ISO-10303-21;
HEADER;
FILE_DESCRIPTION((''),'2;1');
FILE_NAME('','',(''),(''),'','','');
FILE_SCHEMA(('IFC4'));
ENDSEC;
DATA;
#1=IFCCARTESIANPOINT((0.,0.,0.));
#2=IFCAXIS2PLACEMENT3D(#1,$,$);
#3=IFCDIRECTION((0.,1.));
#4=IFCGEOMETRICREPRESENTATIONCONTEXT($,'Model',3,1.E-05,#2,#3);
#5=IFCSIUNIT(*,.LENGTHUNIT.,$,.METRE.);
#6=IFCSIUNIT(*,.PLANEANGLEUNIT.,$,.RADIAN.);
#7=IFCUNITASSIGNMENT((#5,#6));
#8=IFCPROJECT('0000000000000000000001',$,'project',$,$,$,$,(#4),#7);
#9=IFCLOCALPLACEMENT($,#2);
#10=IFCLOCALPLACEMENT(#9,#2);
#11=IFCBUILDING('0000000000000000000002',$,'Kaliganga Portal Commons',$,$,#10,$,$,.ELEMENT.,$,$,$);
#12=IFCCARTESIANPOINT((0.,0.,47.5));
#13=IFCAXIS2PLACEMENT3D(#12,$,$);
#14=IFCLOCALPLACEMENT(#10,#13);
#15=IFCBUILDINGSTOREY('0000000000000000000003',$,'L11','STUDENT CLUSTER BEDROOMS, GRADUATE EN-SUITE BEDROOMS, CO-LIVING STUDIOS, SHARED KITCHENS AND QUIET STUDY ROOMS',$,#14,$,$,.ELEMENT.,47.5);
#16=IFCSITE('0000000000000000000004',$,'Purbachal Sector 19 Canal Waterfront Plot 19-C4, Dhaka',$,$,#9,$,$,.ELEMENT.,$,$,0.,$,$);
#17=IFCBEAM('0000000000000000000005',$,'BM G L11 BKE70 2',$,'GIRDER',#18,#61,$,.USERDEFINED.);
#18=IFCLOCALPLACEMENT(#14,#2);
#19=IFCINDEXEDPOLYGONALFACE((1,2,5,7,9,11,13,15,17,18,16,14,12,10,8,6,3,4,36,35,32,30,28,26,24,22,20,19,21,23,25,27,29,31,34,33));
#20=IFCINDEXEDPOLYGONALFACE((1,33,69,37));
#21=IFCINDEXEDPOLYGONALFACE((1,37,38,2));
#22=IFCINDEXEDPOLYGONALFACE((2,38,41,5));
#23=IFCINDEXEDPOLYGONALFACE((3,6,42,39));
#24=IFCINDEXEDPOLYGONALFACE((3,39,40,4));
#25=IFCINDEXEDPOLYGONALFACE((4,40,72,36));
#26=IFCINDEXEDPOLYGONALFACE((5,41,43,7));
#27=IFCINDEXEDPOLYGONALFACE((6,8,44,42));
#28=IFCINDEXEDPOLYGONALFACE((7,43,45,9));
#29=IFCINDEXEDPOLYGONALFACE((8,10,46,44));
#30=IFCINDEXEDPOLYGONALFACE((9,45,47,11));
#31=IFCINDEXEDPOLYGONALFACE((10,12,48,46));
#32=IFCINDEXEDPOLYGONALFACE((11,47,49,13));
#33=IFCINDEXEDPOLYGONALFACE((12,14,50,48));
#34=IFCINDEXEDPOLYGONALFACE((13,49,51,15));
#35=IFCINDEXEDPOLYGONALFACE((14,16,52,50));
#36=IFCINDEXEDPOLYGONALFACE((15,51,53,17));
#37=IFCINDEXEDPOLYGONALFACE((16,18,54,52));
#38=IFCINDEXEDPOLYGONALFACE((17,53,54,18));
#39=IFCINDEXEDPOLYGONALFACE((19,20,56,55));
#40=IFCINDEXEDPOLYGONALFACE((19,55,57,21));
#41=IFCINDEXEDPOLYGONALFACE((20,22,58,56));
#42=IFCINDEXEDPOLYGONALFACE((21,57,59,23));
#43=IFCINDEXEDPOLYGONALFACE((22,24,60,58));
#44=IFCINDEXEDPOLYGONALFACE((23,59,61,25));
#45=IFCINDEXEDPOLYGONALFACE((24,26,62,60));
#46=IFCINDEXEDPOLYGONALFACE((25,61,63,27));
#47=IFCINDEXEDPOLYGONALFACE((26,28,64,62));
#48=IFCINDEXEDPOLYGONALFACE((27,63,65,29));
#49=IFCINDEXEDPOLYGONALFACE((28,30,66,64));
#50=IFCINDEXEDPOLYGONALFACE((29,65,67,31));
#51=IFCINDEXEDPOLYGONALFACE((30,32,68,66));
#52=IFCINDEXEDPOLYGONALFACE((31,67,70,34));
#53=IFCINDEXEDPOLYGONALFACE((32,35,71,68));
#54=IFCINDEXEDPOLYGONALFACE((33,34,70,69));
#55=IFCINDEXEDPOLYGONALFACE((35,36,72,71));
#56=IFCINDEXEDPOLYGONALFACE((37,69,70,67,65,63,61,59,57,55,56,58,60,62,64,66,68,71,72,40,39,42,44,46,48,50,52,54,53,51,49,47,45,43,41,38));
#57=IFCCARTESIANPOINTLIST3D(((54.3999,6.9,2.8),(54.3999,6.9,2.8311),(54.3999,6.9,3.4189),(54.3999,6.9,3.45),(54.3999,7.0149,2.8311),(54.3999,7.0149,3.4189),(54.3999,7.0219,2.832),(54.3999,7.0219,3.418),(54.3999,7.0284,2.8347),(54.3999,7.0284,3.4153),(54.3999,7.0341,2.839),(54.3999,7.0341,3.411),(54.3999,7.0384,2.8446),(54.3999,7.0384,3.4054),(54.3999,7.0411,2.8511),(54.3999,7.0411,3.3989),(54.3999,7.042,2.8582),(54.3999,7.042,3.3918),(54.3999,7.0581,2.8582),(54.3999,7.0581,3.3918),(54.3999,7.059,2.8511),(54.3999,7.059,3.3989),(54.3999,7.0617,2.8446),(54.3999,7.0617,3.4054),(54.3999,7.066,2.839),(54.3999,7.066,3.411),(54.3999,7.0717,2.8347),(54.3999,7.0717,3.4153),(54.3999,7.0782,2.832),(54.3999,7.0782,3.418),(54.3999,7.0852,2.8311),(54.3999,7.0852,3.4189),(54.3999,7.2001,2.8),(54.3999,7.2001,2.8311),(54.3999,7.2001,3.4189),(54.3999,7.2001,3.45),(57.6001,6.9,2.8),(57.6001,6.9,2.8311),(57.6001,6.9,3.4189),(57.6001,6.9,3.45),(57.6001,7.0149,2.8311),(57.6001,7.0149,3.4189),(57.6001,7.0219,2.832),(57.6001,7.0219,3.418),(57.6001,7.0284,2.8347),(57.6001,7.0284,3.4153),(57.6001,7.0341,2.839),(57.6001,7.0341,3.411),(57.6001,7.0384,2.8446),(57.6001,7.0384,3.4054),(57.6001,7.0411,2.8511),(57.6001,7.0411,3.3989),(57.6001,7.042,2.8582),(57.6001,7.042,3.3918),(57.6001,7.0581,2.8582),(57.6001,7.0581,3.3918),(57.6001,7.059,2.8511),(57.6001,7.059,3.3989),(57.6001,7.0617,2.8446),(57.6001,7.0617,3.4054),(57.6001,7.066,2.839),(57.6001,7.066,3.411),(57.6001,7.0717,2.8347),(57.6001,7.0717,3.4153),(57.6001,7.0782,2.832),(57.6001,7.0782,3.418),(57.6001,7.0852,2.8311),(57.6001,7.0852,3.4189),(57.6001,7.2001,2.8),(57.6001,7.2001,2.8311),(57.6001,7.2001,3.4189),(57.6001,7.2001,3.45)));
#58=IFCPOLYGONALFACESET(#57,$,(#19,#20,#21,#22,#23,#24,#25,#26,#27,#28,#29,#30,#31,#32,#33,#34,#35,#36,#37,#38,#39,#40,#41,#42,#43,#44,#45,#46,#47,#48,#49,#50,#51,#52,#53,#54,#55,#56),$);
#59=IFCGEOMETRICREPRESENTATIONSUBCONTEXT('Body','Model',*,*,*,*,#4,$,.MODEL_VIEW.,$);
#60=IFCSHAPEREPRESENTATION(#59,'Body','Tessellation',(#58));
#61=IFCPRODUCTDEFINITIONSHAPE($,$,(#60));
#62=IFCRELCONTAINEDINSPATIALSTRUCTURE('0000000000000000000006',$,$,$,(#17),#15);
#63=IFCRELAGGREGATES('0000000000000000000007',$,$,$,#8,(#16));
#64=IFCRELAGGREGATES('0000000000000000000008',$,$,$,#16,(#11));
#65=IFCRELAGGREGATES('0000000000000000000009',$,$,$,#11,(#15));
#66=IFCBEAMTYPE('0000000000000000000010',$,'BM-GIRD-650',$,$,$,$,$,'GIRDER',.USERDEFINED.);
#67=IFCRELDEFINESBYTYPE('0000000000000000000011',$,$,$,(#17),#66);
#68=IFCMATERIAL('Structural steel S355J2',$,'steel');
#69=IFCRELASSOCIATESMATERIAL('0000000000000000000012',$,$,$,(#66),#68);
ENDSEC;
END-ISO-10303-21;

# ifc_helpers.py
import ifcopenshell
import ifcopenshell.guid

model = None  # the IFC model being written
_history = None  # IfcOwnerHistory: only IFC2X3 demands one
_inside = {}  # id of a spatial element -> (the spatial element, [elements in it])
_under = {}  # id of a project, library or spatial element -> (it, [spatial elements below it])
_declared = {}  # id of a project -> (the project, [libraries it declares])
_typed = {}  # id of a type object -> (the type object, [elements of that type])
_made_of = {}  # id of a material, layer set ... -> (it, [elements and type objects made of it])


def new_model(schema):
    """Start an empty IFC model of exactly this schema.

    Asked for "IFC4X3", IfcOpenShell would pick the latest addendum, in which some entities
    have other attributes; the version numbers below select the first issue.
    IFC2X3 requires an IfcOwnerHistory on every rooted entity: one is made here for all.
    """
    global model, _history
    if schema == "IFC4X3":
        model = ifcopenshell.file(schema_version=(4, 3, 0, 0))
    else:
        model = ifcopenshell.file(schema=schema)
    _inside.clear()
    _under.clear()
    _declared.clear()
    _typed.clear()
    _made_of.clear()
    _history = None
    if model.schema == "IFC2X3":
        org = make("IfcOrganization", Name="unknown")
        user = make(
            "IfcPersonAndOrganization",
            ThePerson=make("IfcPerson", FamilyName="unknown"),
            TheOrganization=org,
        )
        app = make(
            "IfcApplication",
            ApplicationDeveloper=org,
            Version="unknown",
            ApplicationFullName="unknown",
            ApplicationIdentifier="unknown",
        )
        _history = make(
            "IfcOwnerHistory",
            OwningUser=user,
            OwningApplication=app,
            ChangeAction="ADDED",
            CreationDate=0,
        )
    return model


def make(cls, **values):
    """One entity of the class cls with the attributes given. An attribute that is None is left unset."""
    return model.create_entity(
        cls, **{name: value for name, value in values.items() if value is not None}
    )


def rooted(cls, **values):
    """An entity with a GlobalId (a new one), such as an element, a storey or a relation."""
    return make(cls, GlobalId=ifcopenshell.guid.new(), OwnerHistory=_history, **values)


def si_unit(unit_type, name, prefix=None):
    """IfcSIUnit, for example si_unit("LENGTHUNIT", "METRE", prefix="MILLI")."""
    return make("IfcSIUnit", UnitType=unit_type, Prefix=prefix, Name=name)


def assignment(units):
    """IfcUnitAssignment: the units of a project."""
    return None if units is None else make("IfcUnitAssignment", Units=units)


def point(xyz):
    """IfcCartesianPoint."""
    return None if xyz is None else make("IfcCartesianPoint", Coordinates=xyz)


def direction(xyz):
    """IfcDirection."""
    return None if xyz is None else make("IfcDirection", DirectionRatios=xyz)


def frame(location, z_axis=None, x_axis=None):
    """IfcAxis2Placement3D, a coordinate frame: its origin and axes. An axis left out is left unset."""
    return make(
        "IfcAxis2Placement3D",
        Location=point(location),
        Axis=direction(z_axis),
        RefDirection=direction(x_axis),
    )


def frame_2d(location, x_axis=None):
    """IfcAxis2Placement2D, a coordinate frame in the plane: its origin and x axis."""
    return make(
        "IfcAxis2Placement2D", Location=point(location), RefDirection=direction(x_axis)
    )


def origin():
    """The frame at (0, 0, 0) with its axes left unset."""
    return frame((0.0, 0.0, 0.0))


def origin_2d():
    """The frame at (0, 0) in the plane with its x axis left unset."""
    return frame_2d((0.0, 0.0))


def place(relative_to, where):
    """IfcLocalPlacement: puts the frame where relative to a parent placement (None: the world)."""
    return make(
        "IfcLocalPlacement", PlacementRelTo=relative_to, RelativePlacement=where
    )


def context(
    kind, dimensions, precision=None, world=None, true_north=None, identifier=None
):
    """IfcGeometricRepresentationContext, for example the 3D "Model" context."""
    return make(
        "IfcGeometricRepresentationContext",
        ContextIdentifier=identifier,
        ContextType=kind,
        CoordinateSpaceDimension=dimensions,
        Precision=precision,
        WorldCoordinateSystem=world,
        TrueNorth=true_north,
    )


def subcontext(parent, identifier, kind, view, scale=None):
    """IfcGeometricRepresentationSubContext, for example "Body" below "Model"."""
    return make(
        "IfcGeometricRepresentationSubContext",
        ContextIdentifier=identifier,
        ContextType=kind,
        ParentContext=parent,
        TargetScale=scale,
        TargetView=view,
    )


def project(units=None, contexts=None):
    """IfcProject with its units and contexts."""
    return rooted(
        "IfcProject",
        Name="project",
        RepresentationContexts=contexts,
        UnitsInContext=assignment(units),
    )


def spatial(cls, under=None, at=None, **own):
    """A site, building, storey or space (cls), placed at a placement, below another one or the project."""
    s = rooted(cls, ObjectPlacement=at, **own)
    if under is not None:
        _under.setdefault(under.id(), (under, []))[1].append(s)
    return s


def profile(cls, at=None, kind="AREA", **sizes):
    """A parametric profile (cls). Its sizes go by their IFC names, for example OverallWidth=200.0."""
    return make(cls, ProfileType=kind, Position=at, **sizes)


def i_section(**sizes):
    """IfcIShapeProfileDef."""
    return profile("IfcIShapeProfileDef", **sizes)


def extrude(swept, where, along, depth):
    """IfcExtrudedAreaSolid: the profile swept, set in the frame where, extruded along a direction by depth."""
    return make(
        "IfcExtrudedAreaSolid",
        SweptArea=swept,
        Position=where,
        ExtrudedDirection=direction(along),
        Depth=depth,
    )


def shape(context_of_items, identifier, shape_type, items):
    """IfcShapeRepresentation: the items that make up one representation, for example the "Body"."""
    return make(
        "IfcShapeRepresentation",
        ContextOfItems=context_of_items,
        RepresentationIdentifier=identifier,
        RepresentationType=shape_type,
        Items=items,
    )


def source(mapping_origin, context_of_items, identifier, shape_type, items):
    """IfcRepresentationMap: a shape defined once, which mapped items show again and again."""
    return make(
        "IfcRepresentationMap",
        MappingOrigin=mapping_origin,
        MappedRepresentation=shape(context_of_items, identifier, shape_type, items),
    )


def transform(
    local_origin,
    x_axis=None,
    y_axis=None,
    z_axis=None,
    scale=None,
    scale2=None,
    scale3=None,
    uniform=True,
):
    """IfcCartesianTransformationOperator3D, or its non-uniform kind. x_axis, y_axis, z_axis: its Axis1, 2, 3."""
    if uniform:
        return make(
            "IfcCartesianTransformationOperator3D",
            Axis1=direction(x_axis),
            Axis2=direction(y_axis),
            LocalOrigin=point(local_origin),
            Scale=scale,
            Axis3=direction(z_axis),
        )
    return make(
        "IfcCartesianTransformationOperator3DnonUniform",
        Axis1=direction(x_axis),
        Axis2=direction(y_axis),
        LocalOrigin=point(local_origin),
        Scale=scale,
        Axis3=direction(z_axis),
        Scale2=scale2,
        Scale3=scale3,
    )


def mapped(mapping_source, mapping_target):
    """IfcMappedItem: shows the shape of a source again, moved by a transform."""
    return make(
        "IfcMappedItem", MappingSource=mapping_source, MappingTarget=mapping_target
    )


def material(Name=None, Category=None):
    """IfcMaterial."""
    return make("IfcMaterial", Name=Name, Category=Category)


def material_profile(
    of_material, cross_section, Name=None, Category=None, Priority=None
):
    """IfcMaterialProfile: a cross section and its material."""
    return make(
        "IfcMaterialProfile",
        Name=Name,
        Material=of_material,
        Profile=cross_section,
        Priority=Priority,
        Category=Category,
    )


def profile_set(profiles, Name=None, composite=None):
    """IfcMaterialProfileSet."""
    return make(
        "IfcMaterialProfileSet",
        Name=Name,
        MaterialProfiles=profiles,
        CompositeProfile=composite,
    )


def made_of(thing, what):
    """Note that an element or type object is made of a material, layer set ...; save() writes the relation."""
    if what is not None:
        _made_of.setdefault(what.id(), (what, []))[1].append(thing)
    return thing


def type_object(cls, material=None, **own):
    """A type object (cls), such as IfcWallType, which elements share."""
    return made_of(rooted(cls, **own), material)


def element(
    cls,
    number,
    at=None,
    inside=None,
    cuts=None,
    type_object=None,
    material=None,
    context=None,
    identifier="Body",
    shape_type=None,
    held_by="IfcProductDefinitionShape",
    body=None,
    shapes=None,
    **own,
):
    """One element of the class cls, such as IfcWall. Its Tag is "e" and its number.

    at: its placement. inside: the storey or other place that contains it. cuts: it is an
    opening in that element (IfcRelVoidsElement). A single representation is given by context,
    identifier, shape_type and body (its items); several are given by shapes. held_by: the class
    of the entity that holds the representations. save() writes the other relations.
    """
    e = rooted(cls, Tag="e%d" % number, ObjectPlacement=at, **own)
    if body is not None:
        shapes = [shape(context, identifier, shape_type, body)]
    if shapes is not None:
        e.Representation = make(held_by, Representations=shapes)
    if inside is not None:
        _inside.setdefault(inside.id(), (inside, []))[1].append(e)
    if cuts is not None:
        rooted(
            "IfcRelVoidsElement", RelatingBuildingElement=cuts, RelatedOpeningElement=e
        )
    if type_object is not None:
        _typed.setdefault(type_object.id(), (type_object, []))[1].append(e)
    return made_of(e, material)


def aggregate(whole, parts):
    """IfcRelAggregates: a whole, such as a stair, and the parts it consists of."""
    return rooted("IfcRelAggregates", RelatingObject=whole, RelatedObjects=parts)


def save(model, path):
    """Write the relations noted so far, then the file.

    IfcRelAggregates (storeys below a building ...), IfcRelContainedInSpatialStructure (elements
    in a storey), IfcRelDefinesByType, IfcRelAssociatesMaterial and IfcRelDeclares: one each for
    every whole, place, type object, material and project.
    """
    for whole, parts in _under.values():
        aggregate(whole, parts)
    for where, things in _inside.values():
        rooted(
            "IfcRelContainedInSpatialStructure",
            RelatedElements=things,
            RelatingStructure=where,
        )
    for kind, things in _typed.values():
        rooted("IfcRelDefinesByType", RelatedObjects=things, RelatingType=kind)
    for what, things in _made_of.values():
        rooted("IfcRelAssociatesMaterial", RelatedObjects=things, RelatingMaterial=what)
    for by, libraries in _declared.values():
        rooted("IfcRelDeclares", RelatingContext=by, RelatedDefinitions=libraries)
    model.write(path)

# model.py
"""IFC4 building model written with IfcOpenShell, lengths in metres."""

from ifc_helpers import new_model, si_unit, direction, frame, origin, origin_2d, place, context, subcontext, project, spatial, i_section, extrude, source, transform, mapped, material, material_profile, profile_set, type_object, element, save


model = new_model("IFC4")

# Units and contexts
model_context = context("Model", 3, precision=1e-05, world=origin(), true_north=direction((0.0, 1.0)))
body_context = subcontext(model_context, "Body", "Model", "MODEL_VIEW")
ifc_project = project(units=[si_unit("LENGTHUNIT", "METRE"), si_unit("PLANEANGLEUNIT", "RADIAN")], contexts=[model_context])

# Site, building, storey
site_placement = place(None, origin())
site = spatial("IfcSite", under=ifc_project, at=site_placement, Name="Purbachal Sector 19 Canal Waterfront Plot 19-C4, Dhaka", CompositionType="ELEMENT", RefElevation=0.0)
building_placement = place(site_placement, origin())
building = spatial("IfcBuilding", under=site, at=building_placement, Name="Kaliganga Portal Commons", CompositionType="ELEMENT")
storey_placement = place(building_placement, frame((0.0, 0.0, 47.5)))
storey = spatial("IfcBuildingStorey", under=building, at=storey_placement, Name="L11", Description="STUDENT CLUSTER BEDROOMS, GRADUATE EN-SUITE BEDROOMS, CO-LIVING STUDIOS, SHARED KITCHENS AND QUIET STUDY ROOMS", CompositionType="ELEMENT", Elevation=47.5)

# Beam
ifc_material_1 = material(Name="Structural steel S355J2", Category="steel")
ifc_material_profile_1 = material_profile(ifc_material_1, i_section(OverallWidth=0.3, OverallDepth=0.6499, WebThickness=0.0161, FlangeThickness=0.031, FilletRadius=0.0271, at=origin_2d()), Name="HE 650 B")
ifc_profile_set_1 = profile_set([ifc_material_profile_1], Name="Structural steel S355J2 wide-flange")
beam_type_1 = type_object("IfcBeamType", Name="BM-GIRD-650", ElementType="GIRDER", PredefinedType="USERDEFINED", material=ifc_profile_set_1)
shared_shape_1 = source(origin(), body_context, "Body", "SweptSolid", [
    extrude(i_section(OverallWidth=0.3, OverallDepth=0.6499, WebThickness=0.0161, FlangeThickness=0.031, FilletRadius=0.0271, at=origin_2d()), origin(), (0.0, 0.0, 1.0), 3.2002),
])
beam_1_placement = place(storey_placement, frame((54.3999, 7.05, 3.125), z_axis=(1.0, 0.0, 0.0), x_axis=(0.0, 1.0, 0.0)))
element("IfcBeam", 1, at=beam_1_placement, inside=storey, type_object=beam_type_1, Name="BM G L11 BKE70 2", ObjectType="GIRDER", PredefinedType="USERDEFINED", context=body_context, shape_type="MappedRepresentation", body=[
    mapped(shared_shape_1, transform((0.0, 0.0, 0.0), x_axis=(1.0, 0.0, 0.0), y_axis=(0.0, 1.0, 0.0), z_axis=(0.0, 0.0, 1.0), scale=1.0)),
])

save(model, "model.ifc")
